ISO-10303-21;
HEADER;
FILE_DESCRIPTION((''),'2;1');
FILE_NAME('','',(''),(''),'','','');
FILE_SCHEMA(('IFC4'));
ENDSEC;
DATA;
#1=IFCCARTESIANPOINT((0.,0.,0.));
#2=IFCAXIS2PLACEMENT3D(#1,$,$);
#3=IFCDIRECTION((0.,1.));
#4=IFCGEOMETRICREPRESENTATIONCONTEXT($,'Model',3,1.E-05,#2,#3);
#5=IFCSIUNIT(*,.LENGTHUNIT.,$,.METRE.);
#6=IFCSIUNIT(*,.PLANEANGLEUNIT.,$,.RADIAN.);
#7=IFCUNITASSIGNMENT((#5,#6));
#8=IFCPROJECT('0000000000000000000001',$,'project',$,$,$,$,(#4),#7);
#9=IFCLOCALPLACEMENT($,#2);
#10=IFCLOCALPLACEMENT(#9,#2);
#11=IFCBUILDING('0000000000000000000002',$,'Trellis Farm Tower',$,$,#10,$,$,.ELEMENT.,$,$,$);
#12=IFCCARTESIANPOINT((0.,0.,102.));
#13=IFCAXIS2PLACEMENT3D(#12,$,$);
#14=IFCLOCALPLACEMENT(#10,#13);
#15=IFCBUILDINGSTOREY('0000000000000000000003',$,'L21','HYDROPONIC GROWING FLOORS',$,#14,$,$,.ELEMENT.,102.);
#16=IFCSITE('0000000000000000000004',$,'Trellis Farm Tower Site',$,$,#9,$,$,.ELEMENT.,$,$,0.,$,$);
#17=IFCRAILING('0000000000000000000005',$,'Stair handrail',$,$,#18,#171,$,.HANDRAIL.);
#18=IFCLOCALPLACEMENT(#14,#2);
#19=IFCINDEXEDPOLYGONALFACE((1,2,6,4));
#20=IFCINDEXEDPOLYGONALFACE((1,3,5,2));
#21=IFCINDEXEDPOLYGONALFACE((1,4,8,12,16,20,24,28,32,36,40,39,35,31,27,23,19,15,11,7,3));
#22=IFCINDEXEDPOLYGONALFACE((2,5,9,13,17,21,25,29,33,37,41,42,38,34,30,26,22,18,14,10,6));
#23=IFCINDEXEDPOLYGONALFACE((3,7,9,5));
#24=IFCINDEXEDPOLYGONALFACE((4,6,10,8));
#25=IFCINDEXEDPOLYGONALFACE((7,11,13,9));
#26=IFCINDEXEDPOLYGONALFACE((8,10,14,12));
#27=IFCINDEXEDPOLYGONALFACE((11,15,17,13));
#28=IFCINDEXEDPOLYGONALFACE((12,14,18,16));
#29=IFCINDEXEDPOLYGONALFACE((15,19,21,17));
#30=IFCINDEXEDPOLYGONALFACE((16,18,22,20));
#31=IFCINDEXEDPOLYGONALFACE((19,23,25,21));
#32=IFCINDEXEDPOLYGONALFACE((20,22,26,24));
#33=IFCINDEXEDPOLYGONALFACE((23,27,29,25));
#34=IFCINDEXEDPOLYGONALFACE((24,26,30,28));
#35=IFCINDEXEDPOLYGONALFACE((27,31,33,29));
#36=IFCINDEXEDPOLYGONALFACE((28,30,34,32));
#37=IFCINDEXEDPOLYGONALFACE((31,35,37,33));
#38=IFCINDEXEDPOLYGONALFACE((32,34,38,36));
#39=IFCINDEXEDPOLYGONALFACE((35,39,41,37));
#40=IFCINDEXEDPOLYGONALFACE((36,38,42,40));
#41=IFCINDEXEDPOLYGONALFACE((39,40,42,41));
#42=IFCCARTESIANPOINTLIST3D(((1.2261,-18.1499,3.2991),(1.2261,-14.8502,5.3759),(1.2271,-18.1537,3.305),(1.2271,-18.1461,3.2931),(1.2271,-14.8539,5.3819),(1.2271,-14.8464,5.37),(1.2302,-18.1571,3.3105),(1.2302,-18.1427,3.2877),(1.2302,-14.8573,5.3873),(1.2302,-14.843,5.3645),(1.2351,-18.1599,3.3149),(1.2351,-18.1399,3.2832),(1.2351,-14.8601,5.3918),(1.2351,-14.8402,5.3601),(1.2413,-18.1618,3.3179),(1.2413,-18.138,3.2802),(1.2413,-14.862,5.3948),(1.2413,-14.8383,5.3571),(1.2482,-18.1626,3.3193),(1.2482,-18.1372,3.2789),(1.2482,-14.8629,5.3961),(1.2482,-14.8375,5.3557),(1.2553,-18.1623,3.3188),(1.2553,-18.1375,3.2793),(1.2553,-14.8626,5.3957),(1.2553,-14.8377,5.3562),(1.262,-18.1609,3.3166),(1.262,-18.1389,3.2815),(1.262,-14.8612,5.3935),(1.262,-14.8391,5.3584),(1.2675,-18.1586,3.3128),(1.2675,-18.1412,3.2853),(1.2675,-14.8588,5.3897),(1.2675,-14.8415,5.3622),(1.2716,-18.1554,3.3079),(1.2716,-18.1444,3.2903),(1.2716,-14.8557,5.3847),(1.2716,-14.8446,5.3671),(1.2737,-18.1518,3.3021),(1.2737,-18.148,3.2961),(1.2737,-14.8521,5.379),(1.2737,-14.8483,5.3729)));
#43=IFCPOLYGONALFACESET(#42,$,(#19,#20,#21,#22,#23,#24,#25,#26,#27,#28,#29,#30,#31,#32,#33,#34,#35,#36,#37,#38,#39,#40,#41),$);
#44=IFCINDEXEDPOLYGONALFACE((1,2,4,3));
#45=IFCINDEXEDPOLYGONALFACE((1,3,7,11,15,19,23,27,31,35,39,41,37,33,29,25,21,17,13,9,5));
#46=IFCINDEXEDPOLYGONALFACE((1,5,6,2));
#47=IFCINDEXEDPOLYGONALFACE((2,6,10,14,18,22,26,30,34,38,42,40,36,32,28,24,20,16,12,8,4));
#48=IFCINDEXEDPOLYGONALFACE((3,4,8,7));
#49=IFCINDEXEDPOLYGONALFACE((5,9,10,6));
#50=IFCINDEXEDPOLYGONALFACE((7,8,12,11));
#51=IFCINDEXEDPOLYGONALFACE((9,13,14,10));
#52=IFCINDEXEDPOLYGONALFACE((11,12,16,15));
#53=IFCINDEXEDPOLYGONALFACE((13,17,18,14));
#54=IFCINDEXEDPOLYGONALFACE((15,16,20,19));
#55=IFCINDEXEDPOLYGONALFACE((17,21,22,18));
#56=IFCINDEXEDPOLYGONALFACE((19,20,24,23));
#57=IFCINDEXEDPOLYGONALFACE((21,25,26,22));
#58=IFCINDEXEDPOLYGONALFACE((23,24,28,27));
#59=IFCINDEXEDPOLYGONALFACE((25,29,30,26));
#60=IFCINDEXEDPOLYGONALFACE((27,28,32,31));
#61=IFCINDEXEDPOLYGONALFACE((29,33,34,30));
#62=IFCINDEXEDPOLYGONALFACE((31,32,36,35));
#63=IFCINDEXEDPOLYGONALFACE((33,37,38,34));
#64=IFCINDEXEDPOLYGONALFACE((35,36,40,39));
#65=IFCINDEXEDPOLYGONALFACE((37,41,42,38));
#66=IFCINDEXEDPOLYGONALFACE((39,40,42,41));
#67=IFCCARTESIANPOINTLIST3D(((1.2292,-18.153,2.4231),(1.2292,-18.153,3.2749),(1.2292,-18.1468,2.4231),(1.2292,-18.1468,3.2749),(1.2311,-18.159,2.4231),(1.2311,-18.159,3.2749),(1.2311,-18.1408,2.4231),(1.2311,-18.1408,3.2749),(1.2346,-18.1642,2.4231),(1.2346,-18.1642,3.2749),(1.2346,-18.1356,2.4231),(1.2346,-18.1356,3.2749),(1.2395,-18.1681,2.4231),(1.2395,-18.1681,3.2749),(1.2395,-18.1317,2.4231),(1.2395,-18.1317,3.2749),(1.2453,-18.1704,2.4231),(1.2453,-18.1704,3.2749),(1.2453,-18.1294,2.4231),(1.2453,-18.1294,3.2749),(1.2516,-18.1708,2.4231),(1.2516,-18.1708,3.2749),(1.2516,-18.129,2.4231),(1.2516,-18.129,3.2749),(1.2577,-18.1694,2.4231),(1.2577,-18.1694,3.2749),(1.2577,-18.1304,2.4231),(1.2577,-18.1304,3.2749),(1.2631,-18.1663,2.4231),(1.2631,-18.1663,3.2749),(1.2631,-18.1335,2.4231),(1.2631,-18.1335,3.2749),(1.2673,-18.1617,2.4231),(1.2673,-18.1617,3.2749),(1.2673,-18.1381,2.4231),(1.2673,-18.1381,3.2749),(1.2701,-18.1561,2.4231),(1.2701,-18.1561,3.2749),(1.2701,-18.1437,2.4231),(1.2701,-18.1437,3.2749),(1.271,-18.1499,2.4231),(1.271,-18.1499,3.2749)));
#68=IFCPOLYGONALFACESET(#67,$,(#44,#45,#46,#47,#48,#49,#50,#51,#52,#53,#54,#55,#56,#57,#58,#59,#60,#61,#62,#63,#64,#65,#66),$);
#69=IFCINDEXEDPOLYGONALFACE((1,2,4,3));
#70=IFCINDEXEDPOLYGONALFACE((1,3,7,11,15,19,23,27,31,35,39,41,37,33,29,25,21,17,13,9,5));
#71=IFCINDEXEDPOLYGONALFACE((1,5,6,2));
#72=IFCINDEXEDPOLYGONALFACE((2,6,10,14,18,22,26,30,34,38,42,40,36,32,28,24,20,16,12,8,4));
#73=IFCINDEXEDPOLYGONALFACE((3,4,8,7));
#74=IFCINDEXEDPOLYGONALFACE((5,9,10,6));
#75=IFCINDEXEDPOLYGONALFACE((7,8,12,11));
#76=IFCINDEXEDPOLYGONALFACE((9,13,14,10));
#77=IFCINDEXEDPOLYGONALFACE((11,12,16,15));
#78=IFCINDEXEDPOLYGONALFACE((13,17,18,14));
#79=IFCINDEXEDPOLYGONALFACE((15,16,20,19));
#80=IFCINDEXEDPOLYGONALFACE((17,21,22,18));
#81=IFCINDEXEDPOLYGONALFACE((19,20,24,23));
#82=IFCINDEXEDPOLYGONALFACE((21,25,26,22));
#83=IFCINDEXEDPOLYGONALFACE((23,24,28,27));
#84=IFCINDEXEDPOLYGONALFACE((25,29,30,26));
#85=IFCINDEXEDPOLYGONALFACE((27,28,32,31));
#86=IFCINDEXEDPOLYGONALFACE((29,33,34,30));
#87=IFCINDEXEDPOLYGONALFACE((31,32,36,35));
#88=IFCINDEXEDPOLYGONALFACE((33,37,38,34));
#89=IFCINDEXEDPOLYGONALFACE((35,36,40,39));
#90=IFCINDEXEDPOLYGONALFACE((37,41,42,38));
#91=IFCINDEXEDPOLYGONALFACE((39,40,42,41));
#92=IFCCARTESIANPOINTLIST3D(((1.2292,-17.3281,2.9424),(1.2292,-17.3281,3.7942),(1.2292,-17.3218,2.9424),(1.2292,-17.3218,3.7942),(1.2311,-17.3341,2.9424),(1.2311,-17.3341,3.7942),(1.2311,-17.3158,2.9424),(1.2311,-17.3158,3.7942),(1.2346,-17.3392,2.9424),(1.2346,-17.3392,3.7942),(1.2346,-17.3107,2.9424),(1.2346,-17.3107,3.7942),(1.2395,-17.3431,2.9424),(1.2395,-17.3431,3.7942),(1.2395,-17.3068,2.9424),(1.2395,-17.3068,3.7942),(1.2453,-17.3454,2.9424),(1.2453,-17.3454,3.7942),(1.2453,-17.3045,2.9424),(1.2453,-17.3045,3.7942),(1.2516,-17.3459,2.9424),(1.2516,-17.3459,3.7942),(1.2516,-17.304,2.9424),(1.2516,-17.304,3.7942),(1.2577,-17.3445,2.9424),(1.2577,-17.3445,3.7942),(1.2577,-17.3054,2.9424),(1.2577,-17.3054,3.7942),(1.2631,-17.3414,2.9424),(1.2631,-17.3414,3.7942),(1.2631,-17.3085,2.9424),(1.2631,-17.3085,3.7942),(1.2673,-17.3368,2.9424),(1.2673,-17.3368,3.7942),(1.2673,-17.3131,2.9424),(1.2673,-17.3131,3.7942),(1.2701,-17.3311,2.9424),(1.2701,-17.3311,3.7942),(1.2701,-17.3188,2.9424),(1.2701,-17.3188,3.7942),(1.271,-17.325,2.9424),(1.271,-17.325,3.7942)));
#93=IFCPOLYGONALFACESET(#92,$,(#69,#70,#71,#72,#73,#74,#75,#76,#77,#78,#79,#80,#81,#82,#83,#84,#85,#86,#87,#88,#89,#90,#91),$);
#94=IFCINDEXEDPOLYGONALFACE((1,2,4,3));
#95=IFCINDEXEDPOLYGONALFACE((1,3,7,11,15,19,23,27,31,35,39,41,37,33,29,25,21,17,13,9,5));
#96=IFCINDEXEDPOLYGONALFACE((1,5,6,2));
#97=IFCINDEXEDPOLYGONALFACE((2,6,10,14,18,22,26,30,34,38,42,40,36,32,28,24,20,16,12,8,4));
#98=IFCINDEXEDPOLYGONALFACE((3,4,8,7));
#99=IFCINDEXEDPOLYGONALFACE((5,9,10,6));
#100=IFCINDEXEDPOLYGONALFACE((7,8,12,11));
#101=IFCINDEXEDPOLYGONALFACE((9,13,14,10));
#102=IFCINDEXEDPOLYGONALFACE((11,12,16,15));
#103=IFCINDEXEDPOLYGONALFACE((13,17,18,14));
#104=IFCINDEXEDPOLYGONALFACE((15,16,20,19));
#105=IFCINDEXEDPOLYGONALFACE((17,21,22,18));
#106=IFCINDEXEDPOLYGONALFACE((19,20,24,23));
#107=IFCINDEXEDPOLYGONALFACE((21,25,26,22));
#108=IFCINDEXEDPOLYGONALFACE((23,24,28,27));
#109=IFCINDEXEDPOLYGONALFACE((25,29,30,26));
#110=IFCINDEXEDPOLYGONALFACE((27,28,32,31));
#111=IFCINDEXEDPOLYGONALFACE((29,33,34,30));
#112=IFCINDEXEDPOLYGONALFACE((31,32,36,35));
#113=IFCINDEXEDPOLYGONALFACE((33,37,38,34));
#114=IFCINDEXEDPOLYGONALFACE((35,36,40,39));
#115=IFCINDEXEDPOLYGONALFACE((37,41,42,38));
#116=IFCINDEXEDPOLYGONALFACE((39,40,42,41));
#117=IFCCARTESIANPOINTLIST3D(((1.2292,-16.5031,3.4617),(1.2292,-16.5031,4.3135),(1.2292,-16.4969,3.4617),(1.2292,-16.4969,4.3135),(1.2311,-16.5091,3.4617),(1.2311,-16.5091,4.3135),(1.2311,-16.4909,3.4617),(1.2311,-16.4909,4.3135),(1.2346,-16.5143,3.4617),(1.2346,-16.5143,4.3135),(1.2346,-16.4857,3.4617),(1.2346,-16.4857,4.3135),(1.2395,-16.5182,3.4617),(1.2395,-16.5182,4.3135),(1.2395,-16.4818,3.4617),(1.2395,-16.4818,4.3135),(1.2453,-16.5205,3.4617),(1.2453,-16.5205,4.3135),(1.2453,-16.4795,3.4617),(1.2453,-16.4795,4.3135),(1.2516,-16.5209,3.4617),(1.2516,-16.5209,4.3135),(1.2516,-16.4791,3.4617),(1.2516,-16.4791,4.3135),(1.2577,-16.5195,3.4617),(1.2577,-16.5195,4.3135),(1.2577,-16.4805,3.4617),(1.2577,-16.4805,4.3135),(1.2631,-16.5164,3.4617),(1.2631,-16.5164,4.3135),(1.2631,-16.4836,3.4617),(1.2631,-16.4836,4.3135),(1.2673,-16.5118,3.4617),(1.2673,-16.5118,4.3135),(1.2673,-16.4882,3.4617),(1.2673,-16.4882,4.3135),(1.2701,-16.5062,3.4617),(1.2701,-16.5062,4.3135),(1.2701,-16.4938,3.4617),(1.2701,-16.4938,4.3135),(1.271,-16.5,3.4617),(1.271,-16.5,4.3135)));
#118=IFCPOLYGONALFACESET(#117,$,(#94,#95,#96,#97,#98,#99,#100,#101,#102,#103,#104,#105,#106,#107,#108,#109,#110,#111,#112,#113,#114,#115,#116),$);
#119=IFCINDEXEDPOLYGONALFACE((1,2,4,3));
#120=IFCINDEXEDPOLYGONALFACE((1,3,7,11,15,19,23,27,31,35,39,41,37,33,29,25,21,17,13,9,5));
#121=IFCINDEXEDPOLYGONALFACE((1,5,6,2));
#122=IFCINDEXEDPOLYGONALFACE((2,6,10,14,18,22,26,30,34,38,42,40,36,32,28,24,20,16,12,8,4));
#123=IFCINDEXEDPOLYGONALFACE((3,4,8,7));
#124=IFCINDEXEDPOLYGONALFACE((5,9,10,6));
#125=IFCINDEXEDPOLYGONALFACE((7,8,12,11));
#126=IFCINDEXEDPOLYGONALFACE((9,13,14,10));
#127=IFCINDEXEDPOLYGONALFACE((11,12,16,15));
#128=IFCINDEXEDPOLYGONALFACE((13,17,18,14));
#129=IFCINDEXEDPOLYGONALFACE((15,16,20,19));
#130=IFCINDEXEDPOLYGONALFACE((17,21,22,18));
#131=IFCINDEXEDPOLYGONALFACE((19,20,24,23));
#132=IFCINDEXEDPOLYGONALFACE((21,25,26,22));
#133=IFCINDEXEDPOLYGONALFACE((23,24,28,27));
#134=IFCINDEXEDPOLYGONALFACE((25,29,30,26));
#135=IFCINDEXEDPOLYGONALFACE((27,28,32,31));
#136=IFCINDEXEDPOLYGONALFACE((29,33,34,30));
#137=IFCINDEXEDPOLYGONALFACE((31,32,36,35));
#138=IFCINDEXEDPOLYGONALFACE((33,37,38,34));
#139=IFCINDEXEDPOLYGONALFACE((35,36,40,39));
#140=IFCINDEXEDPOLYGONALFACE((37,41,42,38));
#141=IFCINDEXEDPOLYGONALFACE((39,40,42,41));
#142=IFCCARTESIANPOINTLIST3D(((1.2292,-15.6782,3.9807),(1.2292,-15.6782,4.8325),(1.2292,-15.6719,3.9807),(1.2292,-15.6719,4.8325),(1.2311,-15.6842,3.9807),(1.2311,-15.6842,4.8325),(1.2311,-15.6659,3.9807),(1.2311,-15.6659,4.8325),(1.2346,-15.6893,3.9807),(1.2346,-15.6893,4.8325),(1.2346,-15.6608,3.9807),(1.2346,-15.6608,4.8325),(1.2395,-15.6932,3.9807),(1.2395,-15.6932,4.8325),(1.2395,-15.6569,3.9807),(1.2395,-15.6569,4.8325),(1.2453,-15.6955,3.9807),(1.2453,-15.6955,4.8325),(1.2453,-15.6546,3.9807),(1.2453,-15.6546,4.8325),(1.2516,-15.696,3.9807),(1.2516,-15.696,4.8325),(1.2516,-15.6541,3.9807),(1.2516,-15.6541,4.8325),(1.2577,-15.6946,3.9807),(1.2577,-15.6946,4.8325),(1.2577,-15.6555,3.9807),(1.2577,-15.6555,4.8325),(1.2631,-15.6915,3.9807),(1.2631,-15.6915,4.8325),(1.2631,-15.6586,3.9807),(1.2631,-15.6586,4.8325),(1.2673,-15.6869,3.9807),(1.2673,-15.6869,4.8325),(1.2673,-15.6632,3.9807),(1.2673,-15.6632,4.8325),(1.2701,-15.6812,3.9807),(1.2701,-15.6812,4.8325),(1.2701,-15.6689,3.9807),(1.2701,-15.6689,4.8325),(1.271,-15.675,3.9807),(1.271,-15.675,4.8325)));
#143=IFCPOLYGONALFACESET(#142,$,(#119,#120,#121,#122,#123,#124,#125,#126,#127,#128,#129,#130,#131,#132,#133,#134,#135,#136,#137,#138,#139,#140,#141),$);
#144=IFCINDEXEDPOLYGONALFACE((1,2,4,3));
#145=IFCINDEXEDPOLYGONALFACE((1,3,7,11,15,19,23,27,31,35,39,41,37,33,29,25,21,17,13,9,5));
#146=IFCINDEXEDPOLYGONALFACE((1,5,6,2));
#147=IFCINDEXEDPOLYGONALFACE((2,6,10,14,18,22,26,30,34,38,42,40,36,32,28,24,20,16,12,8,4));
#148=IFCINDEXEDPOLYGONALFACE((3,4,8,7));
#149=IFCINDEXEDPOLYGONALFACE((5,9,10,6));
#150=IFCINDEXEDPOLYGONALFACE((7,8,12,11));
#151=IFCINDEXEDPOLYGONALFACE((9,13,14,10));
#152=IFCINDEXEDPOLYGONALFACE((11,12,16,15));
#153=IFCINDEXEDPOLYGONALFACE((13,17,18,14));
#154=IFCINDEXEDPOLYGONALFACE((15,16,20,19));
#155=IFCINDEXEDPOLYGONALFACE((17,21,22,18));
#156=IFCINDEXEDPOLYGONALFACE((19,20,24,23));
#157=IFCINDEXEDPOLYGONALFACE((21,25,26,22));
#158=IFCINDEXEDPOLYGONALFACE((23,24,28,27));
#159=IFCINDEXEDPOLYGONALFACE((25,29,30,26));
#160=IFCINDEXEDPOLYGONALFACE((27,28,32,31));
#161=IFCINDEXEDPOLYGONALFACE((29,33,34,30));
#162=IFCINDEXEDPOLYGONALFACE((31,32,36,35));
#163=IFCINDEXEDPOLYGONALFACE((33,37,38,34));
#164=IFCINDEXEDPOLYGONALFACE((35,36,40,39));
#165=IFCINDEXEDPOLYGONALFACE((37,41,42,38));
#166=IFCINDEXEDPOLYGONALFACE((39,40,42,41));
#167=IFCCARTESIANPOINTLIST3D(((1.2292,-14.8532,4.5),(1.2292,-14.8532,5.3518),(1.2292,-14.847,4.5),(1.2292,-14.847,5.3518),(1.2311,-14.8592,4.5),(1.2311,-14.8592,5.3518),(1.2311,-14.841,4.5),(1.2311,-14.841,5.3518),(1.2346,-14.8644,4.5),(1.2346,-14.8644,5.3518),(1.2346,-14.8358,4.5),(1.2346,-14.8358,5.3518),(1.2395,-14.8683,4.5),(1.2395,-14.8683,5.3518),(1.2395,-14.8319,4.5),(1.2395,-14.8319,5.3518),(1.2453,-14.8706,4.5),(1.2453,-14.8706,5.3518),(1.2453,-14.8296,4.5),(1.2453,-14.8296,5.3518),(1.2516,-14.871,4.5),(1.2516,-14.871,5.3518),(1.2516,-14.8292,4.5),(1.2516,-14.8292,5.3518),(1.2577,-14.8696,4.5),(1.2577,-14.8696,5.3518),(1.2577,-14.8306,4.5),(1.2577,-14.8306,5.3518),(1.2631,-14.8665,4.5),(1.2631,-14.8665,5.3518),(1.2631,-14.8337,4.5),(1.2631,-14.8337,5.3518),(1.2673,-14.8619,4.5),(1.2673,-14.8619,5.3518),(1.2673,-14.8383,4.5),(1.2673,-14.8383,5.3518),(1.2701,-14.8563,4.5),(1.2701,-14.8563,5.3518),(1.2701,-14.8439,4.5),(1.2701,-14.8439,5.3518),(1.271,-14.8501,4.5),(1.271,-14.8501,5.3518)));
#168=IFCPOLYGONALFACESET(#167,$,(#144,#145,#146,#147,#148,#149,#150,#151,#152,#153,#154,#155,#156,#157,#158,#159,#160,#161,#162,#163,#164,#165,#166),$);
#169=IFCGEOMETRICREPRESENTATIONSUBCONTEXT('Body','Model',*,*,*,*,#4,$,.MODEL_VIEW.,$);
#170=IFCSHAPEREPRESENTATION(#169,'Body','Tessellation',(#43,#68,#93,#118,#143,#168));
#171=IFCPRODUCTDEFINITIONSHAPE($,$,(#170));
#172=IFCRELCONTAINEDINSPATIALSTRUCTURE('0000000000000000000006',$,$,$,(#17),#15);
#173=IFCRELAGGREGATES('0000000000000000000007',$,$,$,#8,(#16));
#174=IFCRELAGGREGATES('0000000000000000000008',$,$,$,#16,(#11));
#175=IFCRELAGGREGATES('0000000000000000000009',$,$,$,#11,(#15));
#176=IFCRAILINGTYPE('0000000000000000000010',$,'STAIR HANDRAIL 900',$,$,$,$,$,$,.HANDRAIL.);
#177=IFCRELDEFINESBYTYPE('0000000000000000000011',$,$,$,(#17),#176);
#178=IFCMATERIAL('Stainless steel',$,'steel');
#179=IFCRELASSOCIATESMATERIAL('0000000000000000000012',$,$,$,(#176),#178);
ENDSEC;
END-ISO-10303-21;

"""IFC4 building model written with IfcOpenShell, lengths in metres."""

from ifc_helpers import new_model, si_unit, direction, frame, origin, origin_2d, place, context, subcontext, project, spatial, circle, extrude, source, transform, mapped, material, type_object, element, save


model = new_model("IFC4")

# Units and contexts
model_context = context("Model", 3, precision=1e-05, world=origin(), true_north=direction((0.0, 1.0)))
body_context = subcontext(model_context, "Body", "Model", "MODEL_VIEW")
ifc_project = project(units=[si_unit("LENGTHUNIT", "METRE"), si_unit("PLANEANGLEUNIT", "RADIAN")], contexts=[model_context])

# Site, building, storey
site_placement = place(None, origin())
site = spatial("IfcSite", under=ifc_project, at=site_placement, Name="Trellis Farm Tower Site", CompositionType="ELEMENT", RefElevation=0.0)
building_placement = place(site_placement, origin())
building = spatial("IfcBuilding", under=site, at=building_placement, Name="Trellis Farm Tower", CompositionType="ELEMENT")
storey_placement = place(building_placement, frame((0.0, 0.0, 102.0)))
storey = spatial("IfcBuildingStorey", under=building, at=storey_placement, Name="L21", Description="HYDROPONIC GROWING FLOORS", CompositionType="ELEMENT", Elevation=102.0)

# Railing
ifc_material_1 = material(Name="Stainless steel", Category="steel")
railing_type = type_object("IfcRailingType", Name="STAIR HANDRAIL 900", PredefinedType="HANDRAIL", material=ifc_material_1)
shared_shape_1 = source(origin(), body_context, "Body", "SweptSolid", [
    extrude(circle(Radius=0.0239, at=origin_2d()), frame((0.0, 0.0, 0.876), z_axis=(0.0, 0.84632, 0.532675), x_axis=(-1.0, 0.0, 0.0)), (0.0, 0.0, 1.0), 3.8989),
    extrude(circle(Radius=0.021, at=origin_2d()), origin(), (0.0, 0.0, 1.0), 0.8518),
    extrude(circle(Radius=0.021, at=origin_2d()), frame((0.0, 0.825, 0.5193)), (0.0, 0.0, 1.0), 0.8518),
    extrude(circle(Radius=0.021, at=origin_2d()), frame((0.0, 1.6499, 1.0386)), (0.0, 0.0, 1.0), 0.8518),
    extrude(circle(Radius=0.021, at=origin_2d()), frame((0.0, 2.4749, 1.5576)), (0.0, 0.0, 1.0), 0.8518),
    extrude(circle(Radius=0.021, at=origin_2d()), frame((0.0, 3.2998, 2.0769)), (0.0, 0.0, 1.0), 0.8518),
])
railing_placement = place(storey_placement, frame((1.25, -18.1499, 2.4231)))
element("IfcRailing", 1, at=railing_placement, inside=storey, type_object=railing_type, Name="Stair handrail", PredefinedType="HANDRAIL", context=body_context, shape_type="MappedRepresentation", body=[
    mapped(shared_shape_1, transform((0.0, 0.0, 0.0))),
])

save(model, "model.ifc")
